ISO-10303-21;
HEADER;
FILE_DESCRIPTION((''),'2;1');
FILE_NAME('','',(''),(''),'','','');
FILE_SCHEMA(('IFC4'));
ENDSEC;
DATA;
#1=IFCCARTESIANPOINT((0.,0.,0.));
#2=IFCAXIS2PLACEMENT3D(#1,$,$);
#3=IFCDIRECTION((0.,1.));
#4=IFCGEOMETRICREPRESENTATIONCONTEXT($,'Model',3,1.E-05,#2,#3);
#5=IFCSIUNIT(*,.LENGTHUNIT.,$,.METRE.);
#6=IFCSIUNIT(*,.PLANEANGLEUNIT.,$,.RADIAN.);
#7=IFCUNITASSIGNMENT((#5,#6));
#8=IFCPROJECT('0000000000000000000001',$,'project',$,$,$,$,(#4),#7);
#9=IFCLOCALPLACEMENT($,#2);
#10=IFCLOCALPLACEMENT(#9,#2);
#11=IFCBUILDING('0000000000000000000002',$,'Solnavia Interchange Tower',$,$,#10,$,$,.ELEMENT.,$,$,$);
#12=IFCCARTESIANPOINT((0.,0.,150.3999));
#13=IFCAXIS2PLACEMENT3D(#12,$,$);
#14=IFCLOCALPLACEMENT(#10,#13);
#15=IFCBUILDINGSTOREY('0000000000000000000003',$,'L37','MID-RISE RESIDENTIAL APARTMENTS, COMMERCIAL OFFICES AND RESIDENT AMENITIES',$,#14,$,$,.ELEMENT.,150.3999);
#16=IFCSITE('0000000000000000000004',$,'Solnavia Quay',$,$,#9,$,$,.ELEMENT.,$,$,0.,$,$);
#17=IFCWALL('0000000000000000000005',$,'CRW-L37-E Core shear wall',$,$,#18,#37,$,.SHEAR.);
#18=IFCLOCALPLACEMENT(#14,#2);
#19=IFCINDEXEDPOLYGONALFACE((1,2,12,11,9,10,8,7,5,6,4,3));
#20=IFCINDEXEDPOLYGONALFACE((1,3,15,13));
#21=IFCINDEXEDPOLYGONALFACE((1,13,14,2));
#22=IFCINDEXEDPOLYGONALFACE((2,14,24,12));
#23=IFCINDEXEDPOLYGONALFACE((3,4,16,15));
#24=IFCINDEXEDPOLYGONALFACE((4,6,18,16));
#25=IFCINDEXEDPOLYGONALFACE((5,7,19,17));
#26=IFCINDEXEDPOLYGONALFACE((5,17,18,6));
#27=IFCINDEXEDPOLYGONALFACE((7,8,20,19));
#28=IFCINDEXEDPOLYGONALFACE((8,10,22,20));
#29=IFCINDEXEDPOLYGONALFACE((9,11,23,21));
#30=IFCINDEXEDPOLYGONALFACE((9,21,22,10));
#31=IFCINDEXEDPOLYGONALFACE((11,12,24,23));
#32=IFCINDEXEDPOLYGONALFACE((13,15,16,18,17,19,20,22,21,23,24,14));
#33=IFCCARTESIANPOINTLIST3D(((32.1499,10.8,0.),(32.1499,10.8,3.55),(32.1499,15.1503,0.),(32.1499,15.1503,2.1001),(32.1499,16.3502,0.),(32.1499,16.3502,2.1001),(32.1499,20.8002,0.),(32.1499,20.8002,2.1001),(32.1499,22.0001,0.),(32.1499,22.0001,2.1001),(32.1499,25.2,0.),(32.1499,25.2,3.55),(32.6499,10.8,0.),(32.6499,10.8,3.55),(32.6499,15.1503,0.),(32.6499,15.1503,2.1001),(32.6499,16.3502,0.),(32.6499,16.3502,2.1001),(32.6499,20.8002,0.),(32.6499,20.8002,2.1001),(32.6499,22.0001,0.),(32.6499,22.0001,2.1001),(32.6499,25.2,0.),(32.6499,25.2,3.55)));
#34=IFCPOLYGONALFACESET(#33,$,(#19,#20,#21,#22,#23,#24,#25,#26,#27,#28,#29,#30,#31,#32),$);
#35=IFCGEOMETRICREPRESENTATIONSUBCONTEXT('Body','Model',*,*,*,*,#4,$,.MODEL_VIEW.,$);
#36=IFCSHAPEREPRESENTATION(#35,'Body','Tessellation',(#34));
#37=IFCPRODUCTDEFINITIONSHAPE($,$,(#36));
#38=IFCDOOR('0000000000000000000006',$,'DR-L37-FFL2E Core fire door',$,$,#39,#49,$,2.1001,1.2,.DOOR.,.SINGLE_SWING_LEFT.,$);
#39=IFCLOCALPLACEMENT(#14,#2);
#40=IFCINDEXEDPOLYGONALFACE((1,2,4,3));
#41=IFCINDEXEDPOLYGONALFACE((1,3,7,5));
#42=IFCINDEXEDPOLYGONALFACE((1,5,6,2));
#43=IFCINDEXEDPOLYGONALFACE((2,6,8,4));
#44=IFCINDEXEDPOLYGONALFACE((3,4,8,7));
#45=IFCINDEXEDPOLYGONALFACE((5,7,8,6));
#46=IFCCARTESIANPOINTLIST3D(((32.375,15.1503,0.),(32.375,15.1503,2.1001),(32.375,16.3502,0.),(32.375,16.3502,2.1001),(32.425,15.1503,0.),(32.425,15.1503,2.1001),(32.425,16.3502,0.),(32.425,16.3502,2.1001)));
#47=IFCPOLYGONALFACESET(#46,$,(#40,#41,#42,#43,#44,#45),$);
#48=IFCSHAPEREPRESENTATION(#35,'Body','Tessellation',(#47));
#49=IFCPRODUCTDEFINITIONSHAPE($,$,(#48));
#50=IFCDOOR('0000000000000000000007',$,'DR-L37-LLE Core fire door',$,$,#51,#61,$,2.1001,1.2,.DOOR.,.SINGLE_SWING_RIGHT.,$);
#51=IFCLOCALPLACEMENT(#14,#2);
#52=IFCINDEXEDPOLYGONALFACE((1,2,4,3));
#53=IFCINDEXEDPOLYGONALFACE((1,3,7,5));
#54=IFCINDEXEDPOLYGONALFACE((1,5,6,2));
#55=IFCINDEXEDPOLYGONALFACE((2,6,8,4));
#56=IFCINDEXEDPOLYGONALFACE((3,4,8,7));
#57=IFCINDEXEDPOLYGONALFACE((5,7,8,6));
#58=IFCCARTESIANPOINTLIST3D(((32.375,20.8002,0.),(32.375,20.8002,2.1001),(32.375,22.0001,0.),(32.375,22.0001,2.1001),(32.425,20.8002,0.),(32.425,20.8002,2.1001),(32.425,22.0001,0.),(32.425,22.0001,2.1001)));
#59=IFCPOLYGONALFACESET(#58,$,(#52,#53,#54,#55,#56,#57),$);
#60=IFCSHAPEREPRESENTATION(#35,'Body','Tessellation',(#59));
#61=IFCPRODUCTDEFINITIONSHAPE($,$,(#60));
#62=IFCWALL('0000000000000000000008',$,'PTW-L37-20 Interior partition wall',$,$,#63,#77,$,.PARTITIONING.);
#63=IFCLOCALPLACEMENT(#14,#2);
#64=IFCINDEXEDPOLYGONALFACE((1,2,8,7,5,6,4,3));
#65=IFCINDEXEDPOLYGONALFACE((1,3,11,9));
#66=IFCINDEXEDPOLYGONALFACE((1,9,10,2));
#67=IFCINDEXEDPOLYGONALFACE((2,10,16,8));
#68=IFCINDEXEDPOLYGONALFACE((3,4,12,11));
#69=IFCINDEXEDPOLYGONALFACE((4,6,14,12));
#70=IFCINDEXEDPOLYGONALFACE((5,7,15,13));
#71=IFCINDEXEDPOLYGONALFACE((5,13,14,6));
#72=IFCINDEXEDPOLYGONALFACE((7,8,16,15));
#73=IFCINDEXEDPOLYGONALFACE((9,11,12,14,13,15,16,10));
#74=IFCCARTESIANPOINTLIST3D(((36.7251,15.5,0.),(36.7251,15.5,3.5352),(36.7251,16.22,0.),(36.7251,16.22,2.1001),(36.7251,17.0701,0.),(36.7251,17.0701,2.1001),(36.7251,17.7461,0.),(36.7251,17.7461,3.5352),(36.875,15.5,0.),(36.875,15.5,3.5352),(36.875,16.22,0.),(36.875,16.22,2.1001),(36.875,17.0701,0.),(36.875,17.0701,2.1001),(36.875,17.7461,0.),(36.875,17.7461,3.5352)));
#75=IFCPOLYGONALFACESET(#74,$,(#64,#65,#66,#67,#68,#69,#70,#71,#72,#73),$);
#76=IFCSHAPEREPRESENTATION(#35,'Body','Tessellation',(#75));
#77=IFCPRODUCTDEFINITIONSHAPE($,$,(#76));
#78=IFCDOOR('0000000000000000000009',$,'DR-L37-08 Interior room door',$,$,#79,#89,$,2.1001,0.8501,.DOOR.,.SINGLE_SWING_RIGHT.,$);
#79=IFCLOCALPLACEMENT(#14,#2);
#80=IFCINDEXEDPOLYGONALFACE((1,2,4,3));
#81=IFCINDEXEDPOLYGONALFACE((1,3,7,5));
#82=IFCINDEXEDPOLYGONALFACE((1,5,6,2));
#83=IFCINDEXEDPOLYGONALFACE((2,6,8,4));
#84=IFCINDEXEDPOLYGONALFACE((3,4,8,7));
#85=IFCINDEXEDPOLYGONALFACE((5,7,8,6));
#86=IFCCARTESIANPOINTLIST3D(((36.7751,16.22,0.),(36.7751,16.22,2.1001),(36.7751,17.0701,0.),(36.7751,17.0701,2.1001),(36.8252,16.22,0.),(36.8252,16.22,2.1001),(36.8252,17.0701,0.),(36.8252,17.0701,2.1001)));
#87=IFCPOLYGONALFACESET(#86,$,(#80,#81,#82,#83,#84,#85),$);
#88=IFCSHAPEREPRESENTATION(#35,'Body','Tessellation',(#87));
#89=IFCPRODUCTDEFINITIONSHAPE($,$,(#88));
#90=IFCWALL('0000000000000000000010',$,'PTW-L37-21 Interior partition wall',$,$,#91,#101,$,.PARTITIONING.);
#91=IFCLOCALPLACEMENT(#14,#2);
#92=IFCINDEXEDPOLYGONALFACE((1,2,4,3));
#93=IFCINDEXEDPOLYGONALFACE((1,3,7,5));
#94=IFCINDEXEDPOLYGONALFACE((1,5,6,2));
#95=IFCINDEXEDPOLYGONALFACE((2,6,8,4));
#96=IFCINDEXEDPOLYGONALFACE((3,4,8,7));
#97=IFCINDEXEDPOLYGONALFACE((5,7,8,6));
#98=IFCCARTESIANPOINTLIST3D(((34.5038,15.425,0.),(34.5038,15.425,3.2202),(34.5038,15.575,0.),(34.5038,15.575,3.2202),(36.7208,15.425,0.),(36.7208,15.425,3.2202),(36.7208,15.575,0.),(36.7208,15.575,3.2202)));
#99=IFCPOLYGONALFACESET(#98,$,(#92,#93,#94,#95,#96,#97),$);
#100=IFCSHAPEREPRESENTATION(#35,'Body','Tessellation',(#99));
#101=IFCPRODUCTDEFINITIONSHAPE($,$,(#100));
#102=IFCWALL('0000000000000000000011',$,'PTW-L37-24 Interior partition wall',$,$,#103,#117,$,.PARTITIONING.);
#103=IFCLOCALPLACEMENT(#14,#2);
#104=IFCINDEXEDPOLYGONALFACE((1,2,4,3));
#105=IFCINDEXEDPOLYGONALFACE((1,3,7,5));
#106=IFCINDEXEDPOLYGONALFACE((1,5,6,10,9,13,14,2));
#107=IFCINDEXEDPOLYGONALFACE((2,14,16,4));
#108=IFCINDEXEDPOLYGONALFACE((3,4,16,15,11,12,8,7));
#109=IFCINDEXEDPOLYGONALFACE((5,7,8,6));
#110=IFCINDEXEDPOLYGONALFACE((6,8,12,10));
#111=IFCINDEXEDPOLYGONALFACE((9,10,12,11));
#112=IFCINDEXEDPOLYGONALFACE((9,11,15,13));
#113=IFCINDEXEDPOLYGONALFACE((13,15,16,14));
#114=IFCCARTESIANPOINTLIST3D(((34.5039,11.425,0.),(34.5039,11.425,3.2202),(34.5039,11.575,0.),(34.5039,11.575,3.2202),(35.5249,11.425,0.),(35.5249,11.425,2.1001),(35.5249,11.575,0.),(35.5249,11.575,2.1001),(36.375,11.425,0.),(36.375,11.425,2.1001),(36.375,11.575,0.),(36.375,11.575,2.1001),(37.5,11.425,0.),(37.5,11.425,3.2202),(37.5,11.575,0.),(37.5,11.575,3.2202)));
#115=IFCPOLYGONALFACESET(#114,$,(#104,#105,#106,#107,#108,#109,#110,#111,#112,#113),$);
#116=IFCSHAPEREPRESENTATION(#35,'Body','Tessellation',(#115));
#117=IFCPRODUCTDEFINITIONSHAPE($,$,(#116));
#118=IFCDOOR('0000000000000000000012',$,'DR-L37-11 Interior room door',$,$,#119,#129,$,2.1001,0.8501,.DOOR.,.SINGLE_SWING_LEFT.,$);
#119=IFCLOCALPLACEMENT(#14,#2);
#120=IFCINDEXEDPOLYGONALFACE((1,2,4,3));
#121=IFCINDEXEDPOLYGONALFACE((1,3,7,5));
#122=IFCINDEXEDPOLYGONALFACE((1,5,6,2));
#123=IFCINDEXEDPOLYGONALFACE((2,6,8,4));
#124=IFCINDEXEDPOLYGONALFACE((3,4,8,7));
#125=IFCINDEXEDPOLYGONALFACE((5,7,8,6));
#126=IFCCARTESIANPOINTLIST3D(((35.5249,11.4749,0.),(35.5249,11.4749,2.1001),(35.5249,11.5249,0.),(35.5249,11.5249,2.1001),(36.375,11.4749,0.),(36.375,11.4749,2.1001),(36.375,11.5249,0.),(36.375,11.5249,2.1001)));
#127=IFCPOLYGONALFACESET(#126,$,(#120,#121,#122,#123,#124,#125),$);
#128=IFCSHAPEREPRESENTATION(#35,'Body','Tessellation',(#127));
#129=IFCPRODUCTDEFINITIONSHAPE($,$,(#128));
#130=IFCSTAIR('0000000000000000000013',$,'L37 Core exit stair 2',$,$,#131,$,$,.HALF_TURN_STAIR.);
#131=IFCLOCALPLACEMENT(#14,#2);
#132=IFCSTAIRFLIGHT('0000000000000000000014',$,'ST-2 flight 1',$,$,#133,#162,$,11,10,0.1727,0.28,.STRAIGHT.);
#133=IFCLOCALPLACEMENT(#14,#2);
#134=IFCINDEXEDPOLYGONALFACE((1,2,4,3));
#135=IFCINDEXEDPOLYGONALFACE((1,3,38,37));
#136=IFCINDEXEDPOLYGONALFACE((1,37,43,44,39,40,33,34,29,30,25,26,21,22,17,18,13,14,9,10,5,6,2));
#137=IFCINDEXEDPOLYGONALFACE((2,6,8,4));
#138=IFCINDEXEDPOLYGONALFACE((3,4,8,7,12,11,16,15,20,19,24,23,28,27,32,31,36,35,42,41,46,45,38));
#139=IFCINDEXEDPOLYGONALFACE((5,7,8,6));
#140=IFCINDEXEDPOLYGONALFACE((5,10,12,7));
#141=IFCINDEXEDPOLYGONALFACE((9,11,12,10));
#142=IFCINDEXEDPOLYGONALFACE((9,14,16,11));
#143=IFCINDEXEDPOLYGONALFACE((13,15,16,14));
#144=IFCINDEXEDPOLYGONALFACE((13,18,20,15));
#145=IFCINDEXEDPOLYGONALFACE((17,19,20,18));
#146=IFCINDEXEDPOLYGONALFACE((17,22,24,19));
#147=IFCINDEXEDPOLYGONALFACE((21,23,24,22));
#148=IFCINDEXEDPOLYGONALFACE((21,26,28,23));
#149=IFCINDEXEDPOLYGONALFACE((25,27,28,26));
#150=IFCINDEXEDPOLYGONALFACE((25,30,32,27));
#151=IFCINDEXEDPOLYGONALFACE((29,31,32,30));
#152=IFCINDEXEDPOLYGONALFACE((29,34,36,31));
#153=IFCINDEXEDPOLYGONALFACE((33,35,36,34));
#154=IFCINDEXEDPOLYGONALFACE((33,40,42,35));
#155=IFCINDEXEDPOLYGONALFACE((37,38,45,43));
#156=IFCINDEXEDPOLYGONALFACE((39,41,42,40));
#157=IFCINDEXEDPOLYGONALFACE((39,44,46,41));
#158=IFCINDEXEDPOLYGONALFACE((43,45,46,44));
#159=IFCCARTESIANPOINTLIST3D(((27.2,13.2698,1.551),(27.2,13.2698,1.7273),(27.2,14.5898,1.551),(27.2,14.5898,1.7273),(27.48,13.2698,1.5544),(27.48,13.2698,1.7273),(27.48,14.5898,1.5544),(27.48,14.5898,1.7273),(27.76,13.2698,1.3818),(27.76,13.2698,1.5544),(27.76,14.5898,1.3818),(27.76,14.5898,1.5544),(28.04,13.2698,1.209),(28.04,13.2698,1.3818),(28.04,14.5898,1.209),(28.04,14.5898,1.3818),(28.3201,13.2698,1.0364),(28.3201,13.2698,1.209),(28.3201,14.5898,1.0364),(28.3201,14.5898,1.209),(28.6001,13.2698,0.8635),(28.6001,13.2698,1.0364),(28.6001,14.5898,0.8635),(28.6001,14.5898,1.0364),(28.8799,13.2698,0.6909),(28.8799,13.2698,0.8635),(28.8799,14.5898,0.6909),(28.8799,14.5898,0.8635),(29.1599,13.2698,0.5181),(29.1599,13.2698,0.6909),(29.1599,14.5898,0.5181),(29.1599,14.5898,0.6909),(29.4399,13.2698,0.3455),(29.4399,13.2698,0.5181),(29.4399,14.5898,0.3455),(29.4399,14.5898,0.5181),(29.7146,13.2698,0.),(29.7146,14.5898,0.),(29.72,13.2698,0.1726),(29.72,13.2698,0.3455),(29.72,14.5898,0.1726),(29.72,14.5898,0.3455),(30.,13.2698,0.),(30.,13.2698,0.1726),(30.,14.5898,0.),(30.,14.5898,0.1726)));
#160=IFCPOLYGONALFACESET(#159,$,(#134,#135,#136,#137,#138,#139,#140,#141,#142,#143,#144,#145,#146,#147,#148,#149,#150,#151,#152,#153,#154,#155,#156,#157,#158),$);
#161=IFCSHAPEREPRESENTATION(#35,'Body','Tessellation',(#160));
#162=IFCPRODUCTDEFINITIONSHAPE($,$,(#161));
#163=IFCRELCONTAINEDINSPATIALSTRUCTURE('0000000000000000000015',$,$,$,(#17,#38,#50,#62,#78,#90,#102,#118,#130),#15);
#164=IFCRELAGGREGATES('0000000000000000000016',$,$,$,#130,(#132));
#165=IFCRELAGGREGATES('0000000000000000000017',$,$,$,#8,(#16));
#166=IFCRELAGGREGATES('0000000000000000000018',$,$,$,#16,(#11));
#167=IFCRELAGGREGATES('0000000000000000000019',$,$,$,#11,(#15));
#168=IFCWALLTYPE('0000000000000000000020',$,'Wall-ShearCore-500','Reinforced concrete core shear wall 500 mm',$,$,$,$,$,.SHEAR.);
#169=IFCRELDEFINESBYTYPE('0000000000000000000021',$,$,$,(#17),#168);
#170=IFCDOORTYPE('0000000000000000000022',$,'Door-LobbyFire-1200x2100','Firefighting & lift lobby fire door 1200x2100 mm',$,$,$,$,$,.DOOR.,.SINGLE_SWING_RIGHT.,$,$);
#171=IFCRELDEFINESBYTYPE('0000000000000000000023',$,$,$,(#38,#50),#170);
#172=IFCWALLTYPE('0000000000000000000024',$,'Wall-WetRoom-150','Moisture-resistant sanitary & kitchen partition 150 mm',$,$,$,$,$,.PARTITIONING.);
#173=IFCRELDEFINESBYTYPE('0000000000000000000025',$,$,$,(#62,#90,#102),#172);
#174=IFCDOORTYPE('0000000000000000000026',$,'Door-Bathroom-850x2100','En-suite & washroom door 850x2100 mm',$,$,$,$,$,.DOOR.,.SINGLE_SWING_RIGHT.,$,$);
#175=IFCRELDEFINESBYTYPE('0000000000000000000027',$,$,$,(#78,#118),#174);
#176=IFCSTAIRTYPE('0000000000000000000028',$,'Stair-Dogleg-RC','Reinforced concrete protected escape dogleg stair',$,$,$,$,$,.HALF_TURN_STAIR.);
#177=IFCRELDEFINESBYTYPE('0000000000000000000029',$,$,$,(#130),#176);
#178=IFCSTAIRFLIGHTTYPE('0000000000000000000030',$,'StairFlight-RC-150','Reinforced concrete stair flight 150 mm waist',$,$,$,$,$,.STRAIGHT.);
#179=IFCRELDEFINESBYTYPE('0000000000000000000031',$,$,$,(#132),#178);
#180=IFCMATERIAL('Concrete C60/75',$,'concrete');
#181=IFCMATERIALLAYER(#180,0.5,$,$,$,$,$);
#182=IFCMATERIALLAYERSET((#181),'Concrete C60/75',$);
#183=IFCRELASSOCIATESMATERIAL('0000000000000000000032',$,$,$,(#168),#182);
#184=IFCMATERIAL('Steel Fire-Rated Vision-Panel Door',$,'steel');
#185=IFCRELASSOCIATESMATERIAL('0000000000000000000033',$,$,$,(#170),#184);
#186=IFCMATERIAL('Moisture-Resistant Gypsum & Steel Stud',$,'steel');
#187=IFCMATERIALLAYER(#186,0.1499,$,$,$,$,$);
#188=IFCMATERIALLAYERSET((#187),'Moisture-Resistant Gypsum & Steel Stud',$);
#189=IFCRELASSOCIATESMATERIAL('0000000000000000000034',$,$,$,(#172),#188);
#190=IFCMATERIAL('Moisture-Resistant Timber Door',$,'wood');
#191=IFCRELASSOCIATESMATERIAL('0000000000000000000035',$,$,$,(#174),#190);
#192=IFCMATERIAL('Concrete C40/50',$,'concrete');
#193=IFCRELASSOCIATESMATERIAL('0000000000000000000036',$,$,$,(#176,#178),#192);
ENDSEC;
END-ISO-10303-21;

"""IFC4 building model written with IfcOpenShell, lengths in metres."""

from ifc_helpers import new_model, si_unit, direction, frame, frame_2d, origin, place, context, subcontext, project, spatial, polyline, rectangle, outline, extrude, material, layer, layer_set, type_object, element, fill, aggregate, save


model = new_model("IFC4")

# Units and contexts
model_context = context("Model", 3, precision=1e-05, world=origin(), true_north=direction((0.0, 1.0)))
body_context = subcontext(model_context, "Body", "Model", "MODEL_VIEW")
ifc_project = project(units=[si_unit("LENGTHUNIT", "METRE"), si_unit("PLANEANGLEUNIT", "RADIAN")], contexts=[model_context])

# Site, building, storey
site_placement = place(None, origin())
site = spatial("IfcSite", under=ifc_project, at=site_placement, Name="Solnavia Quay", CompositionType="ELEMENT", RefElevation=0.0)
building_placement = place(site_placement, origin())
building = spatial("IfcBuilding", under=site, at=building_placement, Name="Solnavia Interchange Tower", CompositionType="ELEMENT")
storey_placement = place(building_placement, frame((0.0, 0.0, 150.3999)))
storey = spatial("IfcBuildingStorey", under=building, at=storey_placement, Name="L37", Description="MID-RISE RESIDENTIAL APARTMENTS, COMMERCIAL OFFICES AND RESIDENT AMENITIES", CompositionType="ELEMENT", Elevation=150.3999)

# Shared definitions
ifc_material_1 = material(Name="Concrete C40/50", Category="concrete")

# Wall, openings, doors
ifc_material_2 = material(Name="Concrete C60/75", Category="concrete")
ifc_layer_1 = layer(ifc_material_2, 0.5)
ifc_layer_set_1 = layer_set([ifc_layer_1], Name="Concrete C60/75")
wall_type_1 = type_object("IfcWallType", Name="Wall-ShearCore-500", Description="Reinforced concrete core shear wall 500 mm", PredefinedType="SHEAR", material=ifc_layer_set_1)
wall_1_placement = place(storey_placement, frame((32.3999, 10.8, 0.0), z_axis=(0.0, 0.0, 1.0), x_axis=(0.0, 1.0, 0.0)))
wall_1 = element("IfcWall", 1, at=wall_1_placement, inside=storey, type_object=wall_type_1, Name="CRW-L37-E Core shear wall", PredefinedType="SHEAR", context=body_context, shape_type="SweptSolid", body=[
    extrude(rectangle(XDim=14.3999, YDim=0.5, at=frame_2d((7.2, 0.0))), origin(), (0.0, 0.0, 1.0), 3.55),
])
opening_1_placement = place(wall_1_placement, frame((4.3501, 0.0, 0.0)))
opening_1 = element("IfcOpeningElement", 2, at=opening_1_placement, cuts=wall_1, PredefinedType="OPENING", context=body_context, shape_type="SweptSolid", body=[
    extrude(rectangle(XDim=1.2, YDim=2.1001, at=frame_2d((0.6001, 1.05))), frame((0.0, 0.26, 0.0), z_axis=(0.0, -1.0, 0.0), x_axis=(1.0, 0.0, 0.0)), (0.0, 0.0, 1.0), 0.52),
])
opening_2_placement = place(wall_1_placement, frame((10.0, 0.0, 0.0)))
opening_2 = element("IfcOpeningElement", 3, at=opening_2_placement, cuts=wall_1, PredefinedType="OPENING", context=body_context, shape_type="SweptSolid", body=[
    extrude(rectangle(XDim=1.2, YDim=2.1001, at=frame_2d((0.6001, 1.05))), frame((0.0, 0.26, 0.0), z_axis=(0.0, -1.0, 0.0), x_axis=(1.0, 0.0, 0.0)), (0.0, 0.0, 1.0), 0.52),
])
ifc_material_3 = material(Name="Steel Fire-Rated Vision-Panel Door", Category="steel")
door_type_1 = type_object("IfcDoorType", Name="Door-LobbyFire-1200x2100", Description="Firefighting & lift lobby fire door 1200x2100 mm", OperationType="SINGLE_SWING_RIGHT", PredefinedType="DOOR", material=ifc_material_3)
door_1_placement = place(opening_1_placement, origin())
door_1 = element("IfcDoor", 4, at=door_1_placement, inside=storey, type_object=door_type_1, Name="DR-L37-FFL2E Core fire door", OperationType="SINGLE_SWING_LEFT", OverallHeight=2.1001, OverallWidth=1.2, PredefinedType="DOOR", context=body_context, shape_type="SweptSolid", body=[
    extrude(rectangle(XDim=1.2, YDim=2.1001, at=frame_2d((0.6001, 1.05))), frame((0.0, 0.0249, 0.0), z_axis=(0.0, -1.0, 0.0), x_axis=(1.0, 0.0, 0.0)), (0.0, 0.0, 1.0), 0.05),
])
fill(opening_1, door_1)
door_2_placement = place(opening_2_placement, origin())
door_2 = element("IfcDoor", 5, at=door_2_placement, inside=storey, type_object=door_type_1, Name="DR-L37-LLE Core fire door", OperationType="SINGLE_SWING_RIGHT", OverallHeight=2.1001, OverallWidth=1.2, PredefinedType="DOOR", context=body_context, shape_type="SweptSolid", body=[
    extrude(rectangle(XDim=1.2, YDim=2.1001, at=frame_2d((0.6001, 1.05))), frame((0.0, 0.0249, 0.0), z_axis=(0.0, -1.0, 0.0), x_axis=(1.0, 0.0, 0.0)), (0.0, 0.0, 1.0), 0.05),
])
fill(opening_2, door_2)

# Wall, opening, door
ifc_material_4 = material(Name="Moisture-Resistant Gypsum & Steel Stud", Category="steel")
ifc_layer_2 = layer(ifc_material_4, 0.1499)
ifc_layer_set_2 = layer_set([ifc_layer_2], Name="Moisture-Resistant Gypsum & Steel Stud")
wall_type_2 = type_object("IfcWallType", Name="Wall-WetRoom-150", Description="Moisture-resistant sanitary & kitchen partition 150 mm", PredefinedType="PARTITIONING", material=ifc_layer_set_2)
wall_2_placement = place(storey_placement, frame((36.8, 15.5, 0.0), z_axis=(0.0, 0.0, 1.0), x_axis=(0.0, 1.0, 0.0)))
wall_2 = element("IfcWall", 6, at=wall_2_placement, inside=storey, type_object=wall_type_2, Name="PTW-L37-20 Interior partition wall", PredefinedType="PARTITIONING", context=body_context, shape_type="SweptSolid", body=[
    extrude(rectangle(XDim=2.2461, YDim=0.1499, at=frame_2d((1.123, 0.0))), origin(), (0.0, 0.0, 1.0), 3.5352),
])
opening_3_placement = place(wall_2_placement, frame((0.72, 0.0, 0.0)))
opening_3 = element("IfcOpeningElement", 7, at=opening_3_placement, cuts=wall_2, PredefinedType="OPENING", context=body_context, shape_type="SweptSolid", body=[
    extrude(rectangle(XDim=0.8501, YDim=2.1001, at=frame_2d((0.425, 1.05))), frame((0.0, 0.085, 0.0), z_axis=(0.0, -1.0, 0.0), x_axis=(1.0, 0.0, 0.0)), (0.0, 0.0, 1.0), 0.1699),
])
ifc_material_5 = material(Name="Moisture-Resistant Timber Door", Category="wood")
door_type_2 = type_object("IfcDoorType", Name="Door-Bathroom-850x2100", Description="En-suite & washroom door 850x2100 mm", OperationType="SINGLE_SWING_RIGHT", PredefinedType="DOOR", material=ifc_material_5)
door_3_placement = place(opening_3_placement, origin())
door_3 = element("IfcDoor", 8, at=door_3_placement, inside=storey, type_object=door_type_2, Name="DR-L37-08 Interior room door", OperationType="SINGLE_SWING_RIGHT", OverallHeight=2.1001, OverallWidth=0.8501, PredefinedType="DOOR", context=body_context, shape_type="SweptSolid", body=[
    extrude(rectangle(XDim=0.8501, YDim=2.1001, at=frame_2d((0.425, 1.05))), frame((0.0, 0.0249, 0.0), z_axis=(0.0, -1.0, 0.0), x_axis=(1.0, 0.0, 0.0)), (0.0, 0.0, 1.0), 0.05),
])
fill(opening_3, door_3)

# Wall
wall_3_placement = place(storey_placement, frame((34.5039, 15.5, 0.0), z_axis=(0.0, 0.0, 1.0), x_axis=(1.0, 0.0, 0.0)))
element("IfcWall", 9, at=wall_3_placement, inside=storey, type_object=wall_type_2, Name="PTW-L37-21 Interior partition wall", PredefinedType="PARTITIONING", context=body_context, shape_type="SweptSolid", body=[
    extrude(rectangle(XDim=2.217, YDim=0.1499, at=frame_2d((1.1084, 0.0))), origin(), (0.0, 0.0, 1.0), 3.2202),
])

# Wall, opening, door
wall_4_placement = place(storey_placement, frame((34.5039, 11.5, 0.0), z_axis=(0.0, 0.0, 1.0), x_axis=(1.0, 0.0, 0.0)))
wall_4 = element("IfcWall", 10, at=wall_4_placement, inside=storey, type_object=wall_type_2, Name="PTW-L37-24 Interior partition wall", PredefinedType="PARTITIONING", context=body_context, shape_type="SweptSolid", body=[
    extrude(rectangle(XDim=2.9961, YDim=0.1499, at=frame_2d((1.498, 0.0))), origin(), (0.0, 0.0, 1.0), 3.2202),
])
opening_4_placement = place(wall_4_placement, frame((1.021, 0.0, 0.0)))
opening_4 = element("IfcOpeningElement", 11, at=opening_4_placement, cuts=wall_4, PredefinedType="OPENING", context=body_context, shape_type="SweptSolid", body=[
    extrude(rectangle(XDim=0.8501, YDim=2.1001, at=frame_2d((0.425, 1.05))), frame((0.0, 0.085, 0.0), z_axis=(0.0, -1.0, 0.0), x_axis=(1.0, 0.0, 0.0)), (0.0, 0.0, 1.0), 0.1699),
])
door_4_placement = place(opening_4_placement, origin())
door_4 = element("IfcDoor", 12, at=door_4_placement, inside=storey, type_object=door_type_2, Name="DR-L37-11 Interior room door", OperationType="SINGLE_SWING_LEFT", OverallHeight=2.1001, OverallWidth=0.8501, PredefinedType="DOOR", context=body_context, shape_type="SweptSolid", body=[
    extrude(rectangle(XDim=0.8501, YDim=2.1001, at=frame_2d((0.425, 1.05))), frame((0.0, 0.0249, 0.0), z_axis=(0.0, -1.0, 0.0), x_axis=(1.0, 0.0, 0.0)), (0.0, 0.0, 1.0), 0.05),
])
fill(opening_4, door_4)

# Stair, stair flight
stair_type = type_object("IfcStairType", Name="Stair-Dogleg-RC", Description="Reinforced concrete protected escape dogleg stair", PredefinedType="HALF_TURN_STAIR", material=ifc_material_1)
stair_placement = place(storey_placement, origin())
stair = element("IfcStair", 13, at=stair_placement, inside=storey, type_object=stair_type, Name="L37 Core exit stair 2", PredefinedType="HALF_TURN_STAIR")
stair_flight_type = type_object("IfcStairFlightType", Name="StairFlight-RC-150", Description="Reinforced concrete stair flight 150 mm waist", PredefinedType="STRAIGHT", material=ifc_material_1)
stair_flight_1_placement = place(storey_placement, frame((30.0, 13.9299, 0.0), z_axis=(0.0, 0.0, 1.0), x_axis=(-1.0, 0.0, 0.0)))
stair_flight_1 = element("IfcStairFlight", 14, at=stair_flight_1_placement, type_object=stair_flight_type, Name="ST-2 flight 1", NumberOfRisers=11, NumberOfTreads=10, PredefinedType="STRAIGHT", RiserHeight=0.1727, TreadLength=0.28, context=body_context, shape_type="SweptSolid", body=[
    extrude(outline(polyline([(0.0, 0.0), (0.0, 0.1726), (0.28, 0.1726), (0.28, 0.3455), (0.5601, 0.3455), (0.5601, 0.5181), (0.8401, 0.5181), (0.8401, 0.6909), (1.1201, 0.6909), (1.1201, 0.8635), (1.3999, 0.8635), (1.3999, 1.0364), (1.6799, 1.0364), (1.6799, 1.209), (1.96, 1.209), (1.96, 1.3818), (2.24, 1.3818), (2.24, 1.5544), (2.52, 1.5544), (2.52, 1.7273), (2.8, 1.7273), (2.8, 1.8999), (2.8, 1.551), (0.2854, 0.0), (0.0, 0.0)])), frame((0.0, 0.6602, 0.0), z_axis=(0.0, -1.0, 0.0), x_axis=(1.0, 0.0, 0.0)), (0.0, 0.0, 1.0), 1.3201),
])
aggregate(stair, [stair_flight_1])

save(model, "model.ifc")
